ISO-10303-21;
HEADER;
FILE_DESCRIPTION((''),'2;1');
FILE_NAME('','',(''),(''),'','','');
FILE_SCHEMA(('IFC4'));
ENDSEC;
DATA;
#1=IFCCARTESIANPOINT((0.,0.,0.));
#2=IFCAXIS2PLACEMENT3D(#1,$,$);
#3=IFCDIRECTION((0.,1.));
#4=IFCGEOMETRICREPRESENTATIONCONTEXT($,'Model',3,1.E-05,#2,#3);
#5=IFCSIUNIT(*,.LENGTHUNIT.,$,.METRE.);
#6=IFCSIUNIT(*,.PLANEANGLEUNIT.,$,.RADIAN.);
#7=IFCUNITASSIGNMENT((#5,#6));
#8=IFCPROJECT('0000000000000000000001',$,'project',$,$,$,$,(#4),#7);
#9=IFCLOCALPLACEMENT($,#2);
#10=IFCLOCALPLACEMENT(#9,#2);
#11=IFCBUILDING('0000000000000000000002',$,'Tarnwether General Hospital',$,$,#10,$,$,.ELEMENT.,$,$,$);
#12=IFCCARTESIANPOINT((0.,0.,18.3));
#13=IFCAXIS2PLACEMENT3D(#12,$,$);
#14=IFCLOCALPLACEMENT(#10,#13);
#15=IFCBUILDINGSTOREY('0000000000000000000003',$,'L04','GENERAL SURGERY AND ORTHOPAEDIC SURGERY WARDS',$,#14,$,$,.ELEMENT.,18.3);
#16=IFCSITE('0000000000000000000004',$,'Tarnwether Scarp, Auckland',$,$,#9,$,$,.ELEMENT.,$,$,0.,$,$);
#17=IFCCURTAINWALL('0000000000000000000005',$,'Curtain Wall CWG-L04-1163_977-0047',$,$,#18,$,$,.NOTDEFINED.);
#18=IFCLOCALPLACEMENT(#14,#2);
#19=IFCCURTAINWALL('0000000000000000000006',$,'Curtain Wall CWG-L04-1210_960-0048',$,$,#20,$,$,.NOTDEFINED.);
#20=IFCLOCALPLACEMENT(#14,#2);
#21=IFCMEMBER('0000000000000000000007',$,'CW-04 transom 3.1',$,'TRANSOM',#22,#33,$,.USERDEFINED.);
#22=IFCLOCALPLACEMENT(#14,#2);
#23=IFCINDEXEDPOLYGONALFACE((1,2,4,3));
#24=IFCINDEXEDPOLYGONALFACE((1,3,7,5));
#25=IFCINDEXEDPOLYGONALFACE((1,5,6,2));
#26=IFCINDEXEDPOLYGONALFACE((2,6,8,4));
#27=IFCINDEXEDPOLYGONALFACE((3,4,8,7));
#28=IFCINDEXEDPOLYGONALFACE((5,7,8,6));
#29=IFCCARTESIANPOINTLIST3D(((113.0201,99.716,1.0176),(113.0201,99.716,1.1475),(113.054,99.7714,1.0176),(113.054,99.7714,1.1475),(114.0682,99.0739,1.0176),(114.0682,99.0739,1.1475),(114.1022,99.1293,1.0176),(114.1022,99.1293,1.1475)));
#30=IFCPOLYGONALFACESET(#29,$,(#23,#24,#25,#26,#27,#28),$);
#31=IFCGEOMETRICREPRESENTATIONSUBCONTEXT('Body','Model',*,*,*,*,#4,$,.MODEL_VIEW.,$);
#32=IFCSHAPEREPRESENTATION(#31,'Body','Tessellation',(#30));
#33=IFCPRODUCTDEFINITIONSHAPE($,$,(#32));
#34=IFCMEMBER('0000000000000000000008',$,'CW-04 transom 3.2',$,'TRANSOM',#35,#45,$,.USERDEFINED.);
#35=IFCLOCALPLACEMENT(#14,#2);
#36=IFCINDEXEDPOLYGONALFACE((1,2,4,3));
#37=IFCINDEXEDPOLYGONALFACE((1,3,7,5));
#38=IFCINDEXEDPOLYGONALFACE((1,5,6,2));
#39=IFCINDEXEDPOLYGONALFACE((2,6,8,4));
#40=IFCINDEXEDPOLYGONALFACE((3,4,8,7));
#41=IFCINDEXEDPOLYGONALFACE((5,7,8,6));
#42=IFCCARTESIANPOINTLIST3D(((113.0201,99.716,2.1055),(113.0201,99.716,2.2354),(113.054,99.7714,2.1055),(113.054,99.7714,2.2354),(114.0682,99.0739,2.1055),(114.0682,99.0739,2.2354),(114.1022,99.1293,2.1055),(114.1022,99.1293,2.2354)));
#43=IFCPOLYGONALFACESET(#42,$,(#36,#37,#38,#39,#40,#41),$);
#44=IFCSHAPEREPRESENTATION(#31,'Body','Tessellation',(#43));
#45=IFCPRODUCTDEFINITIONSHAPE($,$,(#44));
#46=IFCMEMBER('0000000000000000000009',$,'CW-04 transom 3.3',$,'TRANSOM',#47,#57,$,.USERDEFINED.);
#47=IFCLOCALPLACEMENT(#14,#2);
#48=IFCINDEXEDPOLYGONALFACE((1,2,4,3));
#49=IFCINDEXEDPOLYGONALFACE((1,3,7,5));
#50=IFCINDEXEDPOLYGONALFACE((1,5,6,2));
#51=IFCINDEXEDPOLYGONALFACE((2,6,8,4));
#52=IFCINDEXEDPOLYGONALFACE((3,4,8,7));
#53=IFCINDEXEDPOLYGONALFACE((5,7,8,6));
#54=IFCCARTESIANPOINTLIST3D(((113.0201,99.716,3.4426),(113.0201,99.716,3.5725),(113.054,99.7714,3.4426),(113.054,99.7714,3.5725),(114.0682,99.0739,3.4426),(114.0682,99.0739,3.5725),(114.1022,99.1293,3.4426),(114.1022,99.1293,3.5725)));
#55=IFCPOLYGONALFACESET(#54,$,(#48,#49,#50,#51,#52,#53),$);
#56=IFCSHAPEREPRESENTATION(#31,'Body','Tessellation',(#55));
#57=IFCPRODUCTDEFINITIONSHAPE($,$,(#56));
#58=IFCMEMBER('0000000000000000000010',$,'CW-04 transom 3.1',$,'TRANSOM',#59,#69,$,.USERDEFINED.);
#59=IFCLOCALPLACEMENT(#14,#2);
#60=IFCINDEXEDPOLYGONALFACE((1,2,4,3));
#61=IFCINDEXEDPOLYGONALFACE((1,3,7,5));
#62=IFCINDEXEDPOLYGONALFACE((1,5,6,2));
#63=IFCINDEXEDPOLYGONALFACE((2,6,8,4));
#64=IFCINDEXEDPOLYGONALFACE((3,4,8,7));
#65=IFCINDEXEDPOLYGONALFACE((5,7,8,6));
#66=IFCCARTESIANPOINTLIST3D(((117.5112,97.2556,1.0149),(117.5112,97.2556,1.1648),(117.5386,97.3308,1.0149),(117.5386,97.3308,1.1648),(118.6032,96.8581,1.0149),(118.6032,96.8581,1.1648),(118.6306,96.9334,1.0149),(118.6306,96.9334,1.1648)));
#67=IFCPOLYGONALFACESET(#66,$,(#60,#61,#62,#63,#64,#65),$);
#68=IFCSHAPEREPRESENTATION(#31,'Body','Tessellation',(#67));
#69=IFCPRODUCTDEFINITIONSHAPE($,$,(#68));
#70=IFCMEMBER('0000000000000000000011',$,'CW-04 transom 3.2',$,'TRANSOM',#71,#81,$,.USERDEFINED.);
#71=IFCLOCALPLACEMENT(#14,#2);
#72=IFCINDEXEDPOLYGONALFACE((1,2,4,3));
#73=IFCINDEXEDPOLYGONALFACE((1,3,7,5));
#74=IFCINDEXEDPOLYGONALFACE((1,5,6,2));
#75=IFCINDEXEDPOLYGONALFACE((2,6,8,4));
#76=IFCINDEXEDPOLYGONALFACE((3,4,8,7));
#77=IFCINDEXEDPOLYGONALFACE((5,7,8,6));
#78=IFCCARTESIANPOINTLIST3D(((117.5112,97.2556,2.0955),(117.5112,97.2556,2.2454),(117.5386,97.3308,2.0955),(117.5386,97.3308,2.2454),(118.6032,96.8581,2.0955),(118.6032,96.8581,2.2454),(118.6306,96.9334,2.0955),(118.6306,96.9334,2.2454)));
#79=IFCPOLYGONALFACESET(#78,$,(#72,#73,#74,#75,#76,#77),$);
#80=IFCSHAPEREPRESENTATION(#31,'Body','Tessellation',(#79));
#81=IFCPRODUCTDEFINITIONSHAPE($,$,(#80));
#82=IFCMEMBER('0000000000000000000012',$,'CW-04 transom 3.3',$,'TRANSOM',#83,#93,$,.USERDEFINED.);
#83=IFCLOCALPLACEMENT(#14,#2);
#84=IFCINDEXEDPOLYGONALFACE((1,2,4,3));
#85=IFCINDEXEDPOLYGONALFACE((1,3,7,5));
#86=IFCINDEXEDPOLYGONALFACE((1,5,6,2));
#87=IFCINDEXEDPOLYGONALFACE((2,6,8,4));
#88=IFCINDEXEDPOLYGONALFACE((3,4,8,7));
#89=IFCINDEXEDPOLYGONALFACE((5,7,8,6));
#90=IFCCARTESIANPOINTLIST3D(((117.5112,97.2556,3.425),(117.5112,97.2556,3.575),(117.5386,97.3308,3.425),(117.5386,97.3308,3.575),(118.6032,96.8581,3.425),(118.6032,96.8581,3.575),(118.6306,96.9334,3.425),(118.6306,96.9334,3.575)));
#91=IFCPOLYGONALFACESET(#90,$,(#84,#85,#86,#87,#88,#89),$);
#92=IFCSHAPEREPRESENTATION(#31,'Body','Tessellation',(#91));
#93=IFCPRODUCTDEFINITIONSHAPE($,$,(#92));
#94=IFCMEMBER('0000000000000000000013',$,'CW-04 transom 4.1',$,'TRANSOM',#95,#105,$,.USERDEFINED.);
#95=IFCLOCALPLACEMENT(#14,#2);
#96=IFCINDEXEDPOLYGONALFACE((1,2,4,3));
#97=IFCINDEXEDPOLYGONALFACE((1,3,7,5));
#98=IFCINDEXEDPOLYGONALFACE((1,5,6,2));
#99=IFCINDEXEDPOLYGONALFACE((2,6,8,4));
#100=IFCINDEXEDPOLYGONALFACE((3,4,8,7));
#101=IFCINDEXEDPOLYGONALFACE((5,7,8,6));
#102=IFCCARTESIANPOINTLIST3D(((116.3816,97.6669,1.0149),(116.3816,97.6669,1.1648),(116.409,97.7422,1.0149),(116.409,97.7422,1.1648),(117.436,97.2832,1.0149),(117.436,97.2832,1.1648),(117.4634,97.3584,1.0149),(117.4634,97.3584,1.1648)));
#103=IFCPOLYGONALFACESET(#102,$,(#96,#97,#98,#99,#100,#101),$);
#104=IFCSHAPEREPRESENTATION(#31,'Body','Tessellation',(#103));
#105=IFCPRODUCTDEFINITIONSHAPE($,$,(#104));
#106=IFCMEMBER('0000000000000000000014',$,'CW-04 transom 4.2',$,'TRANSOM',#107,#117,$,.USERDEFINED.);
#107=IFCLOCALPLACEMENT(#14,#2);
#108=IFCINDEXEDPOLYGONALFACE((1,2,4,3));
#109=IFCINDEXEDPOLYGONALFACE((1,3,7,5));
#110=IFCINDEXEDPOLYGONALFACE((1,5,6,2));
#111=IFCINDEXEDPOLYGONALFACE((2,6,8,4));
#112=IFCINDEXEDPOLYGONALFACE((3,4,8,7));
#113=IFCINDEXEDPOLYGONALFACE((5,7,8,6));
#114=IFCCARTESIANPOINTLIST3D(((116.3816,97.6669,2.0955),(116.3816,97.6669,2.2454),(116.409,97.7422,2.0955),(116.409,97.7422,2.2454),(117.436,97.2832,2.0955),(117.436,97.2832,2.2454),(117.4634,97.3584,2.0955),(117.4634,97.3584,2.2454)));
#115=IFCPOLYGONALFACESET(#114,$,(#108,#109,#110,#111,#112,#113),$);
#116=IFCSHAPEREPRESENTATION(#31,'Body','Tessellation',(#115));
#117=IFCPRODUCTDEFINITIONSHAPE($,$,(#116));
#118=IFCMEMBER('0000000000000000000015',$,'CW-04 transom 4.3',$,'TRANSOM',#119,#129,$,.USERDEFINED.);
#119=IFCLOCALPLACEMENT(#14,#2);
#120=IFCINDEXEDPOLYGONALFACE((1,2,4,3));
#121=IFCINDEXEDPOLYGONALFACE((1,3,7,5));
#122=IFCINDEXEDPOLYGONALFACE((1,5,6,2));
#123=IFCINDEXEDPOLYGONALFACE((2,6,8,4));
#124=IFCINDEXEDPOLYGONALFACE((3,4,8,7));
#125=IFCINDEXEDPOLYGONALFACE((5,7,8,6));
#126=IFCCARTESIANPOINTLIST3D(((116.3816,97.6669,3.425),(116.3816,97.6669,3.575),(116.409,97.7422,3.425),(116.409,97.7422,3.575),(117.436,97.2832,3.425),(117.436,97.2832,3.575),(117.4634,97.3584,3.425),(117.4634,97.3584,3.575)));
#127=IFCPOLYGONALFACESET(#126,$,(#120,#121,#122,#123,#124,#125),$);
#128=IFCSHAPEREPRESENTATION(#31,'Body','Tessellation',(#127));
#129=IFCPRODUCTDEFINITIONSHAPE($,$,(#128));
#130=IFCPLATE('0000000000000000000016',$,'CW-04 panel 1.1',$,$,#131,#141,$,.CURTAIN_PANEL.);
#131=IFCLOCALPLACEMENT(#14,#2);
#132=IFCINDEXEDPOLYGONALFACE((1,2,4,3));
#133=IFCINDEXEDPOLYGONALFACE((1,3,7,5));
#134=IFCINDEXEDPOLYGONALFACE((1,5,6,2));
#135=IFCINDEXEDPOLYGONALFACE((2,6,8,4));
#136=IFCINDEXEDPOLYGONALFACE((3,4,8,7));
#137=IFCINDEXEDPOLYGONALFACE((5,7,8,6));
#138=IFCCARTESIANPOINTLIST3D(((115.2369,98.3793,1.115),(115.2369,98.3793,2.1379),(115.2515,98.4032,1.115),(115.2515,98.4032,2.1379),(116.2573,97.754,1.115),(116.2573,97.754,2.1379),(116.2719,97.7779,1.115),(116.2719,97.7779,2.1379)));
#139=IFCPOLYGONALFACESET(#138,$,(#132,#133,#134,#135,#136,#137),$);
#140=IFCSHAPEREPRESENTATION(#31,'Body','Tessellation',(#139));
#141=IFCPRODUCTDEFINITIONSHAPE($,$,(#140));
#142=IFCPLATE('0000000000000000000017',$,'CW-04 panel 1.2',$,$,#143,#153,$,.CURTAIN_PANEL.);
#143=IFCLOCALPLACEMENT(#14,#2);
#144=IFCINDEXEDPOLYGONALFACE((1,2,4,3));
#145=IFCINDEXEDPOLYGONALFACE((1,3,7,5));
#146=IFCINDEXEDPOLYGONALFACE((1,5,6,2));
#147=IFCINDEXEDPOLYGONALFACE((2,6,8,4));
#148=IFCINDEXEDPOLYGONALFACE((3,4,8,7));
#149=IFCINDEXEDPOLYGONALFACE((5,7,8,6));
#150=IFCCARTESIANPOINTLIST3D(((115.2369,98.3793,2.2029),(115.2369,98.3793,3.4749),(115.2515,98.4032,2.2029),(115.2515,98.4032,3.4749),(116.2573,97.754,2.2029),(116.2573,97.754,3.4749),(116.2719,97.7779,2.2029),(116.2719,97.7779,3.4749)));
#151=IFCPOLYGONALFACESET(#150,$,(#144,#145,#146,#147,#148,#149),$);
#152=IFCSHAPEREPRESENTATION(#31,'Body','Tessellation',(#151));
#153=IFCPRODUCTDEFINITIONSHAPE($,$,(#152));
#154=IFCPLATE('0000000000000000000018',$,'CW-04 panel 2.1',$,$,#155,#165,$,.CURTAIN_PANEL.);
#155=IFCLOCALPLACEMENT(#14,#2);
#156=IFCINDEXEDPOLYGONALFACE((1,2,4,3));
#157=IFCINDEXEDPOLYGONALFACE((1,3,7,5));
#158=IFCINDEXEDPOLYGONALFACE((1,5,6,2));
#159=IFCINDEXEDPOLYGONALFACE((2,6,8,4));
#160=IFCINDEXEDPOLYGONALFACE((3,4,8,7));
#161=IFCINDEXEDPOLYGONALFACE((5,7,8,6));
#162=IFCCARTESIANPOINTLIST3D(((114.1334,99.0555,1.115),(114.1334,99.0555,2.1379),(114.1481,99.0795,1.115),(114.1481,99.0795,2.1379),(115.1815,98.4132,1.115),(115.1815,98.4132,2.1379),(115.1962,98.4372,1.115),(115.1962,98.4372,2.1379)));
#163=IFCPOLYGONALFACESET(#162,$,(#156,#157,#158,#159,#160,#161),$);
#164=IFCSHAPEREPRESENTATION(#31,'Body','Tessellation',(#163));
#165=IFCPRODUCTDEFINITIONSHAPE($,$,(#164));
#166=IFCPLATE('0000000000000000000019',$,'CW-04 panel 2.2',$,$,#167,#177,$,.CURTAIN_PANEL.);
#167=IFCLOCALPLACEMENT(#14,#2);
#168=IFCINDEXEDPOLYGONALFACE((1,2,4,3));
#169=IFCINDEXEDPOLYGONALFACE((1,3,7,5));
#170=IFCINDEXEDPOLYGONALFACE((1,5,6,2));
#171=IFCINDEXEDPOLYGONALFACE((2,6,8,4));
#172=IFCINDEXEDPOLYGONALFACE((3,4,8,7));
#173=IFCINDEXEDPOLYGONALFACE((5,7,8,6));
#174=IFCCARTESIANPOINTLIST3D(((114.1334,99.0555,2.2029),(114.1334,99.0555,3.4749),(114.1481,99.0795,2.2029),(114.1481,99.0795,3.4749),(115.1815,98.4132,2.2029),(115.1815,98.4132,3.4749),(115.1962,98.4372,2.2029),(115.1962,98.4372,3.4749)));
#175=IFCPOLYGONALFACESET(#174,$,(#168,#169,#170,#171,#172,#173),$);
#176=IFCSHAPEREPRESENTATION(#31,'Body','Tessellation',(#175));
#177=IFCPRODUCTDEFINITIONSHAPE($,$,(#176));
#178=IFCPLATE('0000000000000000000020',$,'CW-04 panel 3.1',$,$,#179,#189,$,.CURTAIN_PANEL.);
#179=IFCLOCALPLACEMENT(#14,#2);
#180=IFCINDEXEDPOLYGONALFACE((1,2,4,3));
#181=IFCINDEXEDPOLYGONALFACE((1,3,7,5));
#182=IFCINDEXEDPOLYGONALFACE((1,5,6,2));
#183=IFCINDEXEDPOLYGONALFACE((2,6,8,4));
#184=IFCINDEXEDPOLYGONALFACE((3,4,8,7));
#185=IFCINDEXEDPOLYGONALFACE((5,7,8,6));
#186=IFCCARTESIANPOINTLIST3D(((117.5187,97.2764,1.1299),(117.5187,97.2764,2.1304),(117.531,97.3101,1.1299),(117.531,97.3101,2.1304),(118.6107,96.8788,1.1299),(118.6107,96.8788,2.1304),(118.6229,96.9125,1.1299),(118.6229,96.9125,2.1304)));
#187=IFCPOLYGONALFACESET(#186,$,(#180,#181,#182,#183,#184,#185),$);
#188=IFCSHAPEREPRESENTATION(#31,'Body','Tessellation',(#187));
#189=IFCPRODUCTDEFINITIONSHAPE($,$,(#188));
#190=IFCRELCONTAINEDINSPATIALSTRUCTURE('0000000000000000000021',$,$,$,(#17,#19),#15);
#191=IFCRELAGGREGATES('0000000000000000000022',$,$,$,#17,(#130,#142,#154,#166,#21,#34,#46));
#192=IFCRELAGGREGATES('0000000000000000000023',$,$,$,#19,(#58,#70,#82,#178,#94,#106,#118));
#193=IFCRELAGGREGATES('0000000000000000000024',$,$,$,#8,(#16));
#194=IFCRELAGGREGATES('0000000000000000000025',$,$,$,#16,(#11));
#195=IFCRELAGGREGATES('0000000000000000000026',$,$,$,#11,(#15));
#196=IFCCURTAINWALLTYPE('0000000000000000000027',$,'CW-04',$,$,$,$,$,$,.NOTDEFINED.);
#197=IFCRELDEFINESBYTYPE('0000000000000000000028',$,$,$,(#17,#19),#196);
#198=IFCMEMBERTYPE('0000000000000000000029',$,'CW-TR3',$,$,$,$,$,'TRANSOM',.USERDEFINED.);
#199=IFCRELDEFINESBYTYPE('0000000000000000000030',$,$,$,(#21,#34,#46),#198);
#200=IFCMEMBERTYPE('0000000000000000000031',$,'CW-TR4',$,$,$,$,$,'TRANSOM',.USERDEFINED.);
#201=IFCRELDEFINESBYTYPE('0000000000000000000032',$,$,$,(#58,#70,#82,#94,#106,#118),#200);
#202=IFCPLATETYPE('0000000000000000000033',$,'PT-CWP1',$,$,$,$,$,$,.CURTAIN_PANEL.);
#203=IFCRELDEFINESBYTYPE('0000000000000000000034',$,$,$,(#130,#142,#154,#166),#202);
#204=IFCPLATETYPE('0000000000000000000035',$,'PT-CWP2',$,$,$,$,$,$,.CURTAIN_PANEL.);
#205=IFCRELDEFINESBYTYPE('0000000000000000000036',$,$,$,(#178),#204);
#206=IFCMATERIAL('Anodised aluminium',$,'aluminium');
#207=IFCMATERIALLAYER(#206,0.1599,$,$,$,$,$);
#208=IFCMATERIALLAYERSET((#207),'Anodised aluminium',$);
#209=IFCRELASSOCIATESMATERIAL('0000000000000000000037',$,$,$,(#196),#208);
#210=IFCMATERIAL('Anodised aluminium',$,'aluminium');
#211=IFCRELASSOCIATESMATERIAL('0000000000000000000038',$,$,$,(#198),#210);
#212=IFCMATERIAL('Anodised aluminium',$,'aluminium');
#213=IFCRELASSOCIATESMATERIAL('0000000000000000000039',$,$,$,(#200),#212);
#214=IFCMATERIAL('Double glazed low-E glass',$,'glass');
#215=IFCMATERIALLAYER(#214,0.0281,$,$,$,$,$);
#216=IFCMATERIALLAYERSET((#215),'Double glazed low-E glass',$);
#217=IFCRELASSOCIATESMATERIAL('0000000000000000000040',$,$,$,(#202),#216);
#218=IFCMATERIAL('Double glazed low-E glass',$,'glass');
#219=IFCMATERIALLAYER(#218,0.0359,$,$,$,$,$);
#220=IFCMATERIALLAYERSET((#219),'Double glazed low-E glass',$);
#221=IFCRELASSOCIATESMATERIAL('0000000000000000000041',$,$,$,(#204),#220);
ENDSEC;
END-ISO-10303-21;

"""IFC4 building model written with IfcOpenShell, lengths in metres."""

from ifc_helpers import new_model, si_unit, direction, frame, origin, origin_2d, place, context, subcontext, project, spatial, rectangle, extrude, material, layer, layer_set, material_profile, profile_set, type_object, element, aggregate, save


model = new_model("IFC4")

# Units and contexts
model_context = context("Model", 3, precision=1e-05, world=origin(), true_north=direction((0.0, 1.0)))
body_context = subcontext(model_context, "Body", "Model", "MODEL_VIEW")
ifc_project = project(units=[si_unit("LENGTHUNIT", "METRE"), si_unit("PLANEANGLEUNIT", "RADIAN")], contexts=[model_context])

# Site, building, storey
site_placement = place(None, origin())
site = spatial("IfcSite", under=ifc_project, at=site_placement, Name="Tarnwether Scarp, Auckland", CompositionType="ELEMENT", RefElevation=0.0)
building_placement = place(site_placement, origin())
building = spatial("IfcBuilding", under=site, at=building_placement, Name="Tarnwether General Hospital", CompositionType="ELEMENT")
storey_placement = place(building_placement, frame((0.0, 0.0, 18.3)))
storey = spatial("IfcBuildingStorey", under=building, at=storey_placement, Name="L04", Description="GENERAL SURGERY AND ORTHOPAEDIC SURGERY WARDS", CompositionType="ELEMENT", Elevation=18.3)

# Curtain walls
ifc_material_1 = material(Name="Anodised aluminium", Category="aluminium")
ifc_layer_1 = layer(ifc_material_1, 0.1599)
ifc_layer_set_1 = layer_set([ifc_layer_1], Name="Anodised aluminium")
curtain_wall_type = type_object("IfcCurtainWallType", Name="CW-04", PredefinedType="NOTDEFINED", material=ifc_layer_set_1)
curtain_wall_1_placement = place(storey_placement, origin())
curtain_wall_1 = element("IfcCurtainWall", 1, at=curtain_wall_1_placement, inside=storey, type_object=curtain_wall_type, Name="Curtain Wall CWG-L04-1163_977-0047", PredefinedType="NOTDEFINED")
curtain_wall_2_placement = place(storey_placement, origin())
curtain_wall_2 = element("IfcCurtainWall", 2, at=curtain_wall_2_placement, inside=storey, type_object=curtain_wall_type, Name="Curtain Wall CWG-L04-1210_960-0048", PredefinedType="NOTDEFINED")

# Members
ifc_material_2 = material(Name="Anodised aluminium", Category="aluminium")
ifc_material_profile_1 = material_profile(ifc_material_2, rectangle(XDim=0.0649, YDim=0.1299, at=origin_2d()), Name="ALU-TRN-65x130")
ifc_profile_set_1 = profile_set([ifc_material_profile_1], Name="Anodised aluminium")
member_type_1 = type_object("IfcMemberType", Name="CW-TR3", ElementType="TRANSOM", PredefinedType="USERDEFINED", material=ifc_profile_set_1)
member_1_placement = place(storey_placement, frame((114.0852, 99.1016, 1.0825), z_axis=(-0.852707, 0.52239, 0.0), x_axis=(-0.52239, -0.852707, 0.0)))
member_1 = element("IfcMember", 3, at=member_1_placement, type_object=member_type_1, Name="CW-04 transom 3.1", ObjectType="TRANSOM", PredefinedType="USERDEFINED", context=body_context, shape_type="SweptSolid", body=[
    extrude(rectangle(XDim=0.0649, YDim=0.1299, at=origin_2d()), origin(), (0.0, 0.0, 1.0), 1.2292),
])
member_2_placement = place(storey_placement, frame((114.0852, 99.1016, 2.1704), z_axis=(-0.852707, 0.52239, 0.0), x_axis=(-0.52239, -0.852707, 0.0)))
member_2 = element("IfcMember", 4, at=member_2_placement, type_object=member_type_1, Name="CW-04 transom 3.2", ObjectType="TRANSOM", PredefinedType="USERDEFINED", context=body_context, shape_type="SweptSolid", body=[
    extrude(rectangle(XDim=0.0649, YDim=0.1299, at=origin_2d()), origin(), (0.0, 0.0, 1.0), 1.2292),
])
member_3_placement = place(storey_placement, frame((114.0852, 99.1016, 3.5076), z_axis=(-0.852707, 0.52239, 0.0), x_axis=(-0.52239, -0.852707, 0.0)))
member_3 = element("IfcMember", 5, at=member_3_placement, type_object=member_type_1, Name="CW-04 transom 3.3", ObjectType="TRANSOM", PredefinedType="USERDEFINED", context=body_context, shape_type="SweptSolid", body=[
    extrude(rectangle(XDim=0.0649, YDim=0.1299, at=origin_2d()), origin(), (0.0, 0.0, 1.0), 1.2292),
])
ifc_material_3 = material(Name="Anodised aluminium", Category="aluminium")
ifc_material_profile_2 = material_profile(ifc_material_3, rectangle(XDim=0.0801, YDim=0.1499, at=origin_2d()), Name="ALU-TRN-80x150")
ifc_profile_set_2 = profile_set([ifc_material_profile_2], Name="Anodised aluminium")
member_type_2 = type_object("IfcMemberType", Name="CW-TR4", ElementType="TRANSOM", PredefinedType="USERDEFINED", material=ifc_profile_set_2)
member_4_placement = place(storey_placement, frame((118.6169, 96.8958, 1.0898), z_axis=(-0.939695, 0.342013, 0.0), x_axis=(-0.342013, -0.939695, 0.0)))
member_4 = element("IfcMember", 6, at=member_4_placement, type_object=member_type_2, Name="CW-04 transom 3.1", ObjectType="TRANSOM", PredefinedType="USERDEFINED", context=body_context, shape_type="SweptSolid", body=[
    extrude(rectangle(XDim=0.0801, YDim=0.1499, at=origin_2d()), origin(), (0.0, 0.0, 1.0), 1.1621),
])
member_5_placement = place(storey_placement, frame((118.6169, 96.8958, 2.1704), z_axis=(-0.939695, 0.342013, 0.0), x_axis=(-0.342013, -0.939695, 0.0)))
member_5 = element("IfcMember", 7, at=member_5_placement, type_object=member_type_2, Name="CW-04 transom 3.2", ObjectType="TRANSOM", PredefinedType="USERDEFINED", context=body_context, shape_type="SweptSolid", body=[
    extrude(rectangle(XDim=0.0801, YDim=0.1499, at=origin_2d()), origin(), (0.0, 0.0, 1.0), 1.1621),
])
member_6_placement = place(storey_placement, frame((118.6169, 96.8958, 3.5), z_axis=(-0.939695, 0.342013, 0.0), x_axis=(-0.342013, -0.939695, 0.0)))
member_6 = element("IfcMember", 8, at=member_6_placement, type_object=member_type_2, Name="CW-04 transom 3.3", ObjectType="TRANSOM", PredefinedType="USERDEFINED", context=body_context, shape_type="SweptSolid", body=[
    extrude(rectangle(XDim=0.0801, YDim=0.1499, at=origin_2d()), origin(), (0.0, 0.0, 1.0), 1.1621),
])
member_7_placement = place(storey_placement, frame((117.4497, 97.3208, 1.0898), z_axis=(-0.939692, 0.342023, 0.0), x_axis=(-0.342023, -0.939692, 0.0)))
member_7 = element("IfcMember", 9, at=member_7_placement, type_object=member_type_2, Name="CW-04 transom 4.1", ObjectType="TRANSOM", PredefinedType="USERDEFINED", context=body_context, shape_type="SweptSolid", body=[
    extrude(rectangle(XDim=0.0801, YDim=0.1499, at=origin_2d()), origin(), (0.0, 0.0, 1.0), 1.1221),
])
member_8_placement = place(storey_placement, frame((117.4497, 97.3208, 2.1704), z_axis=(-0.939692, 0.342023, 0.0), x_axis=(-0.342023, -0.939692, 0.0)))
member_8 = element("IfcMember", 10, at=member_8_placement, type_object=member_type_2, Name="CW-04 transom 4.2", ObjectType="TRANSOM", PredefinedType="USERDEFINED", context=body_context, shape_type="SweptSolid", body=[
    extrude(rectangle(XDim=0.0801, YDim=0.1499, at=origin_2d()), origin(), (0.0, 0.0, 1.0), 1.1221),
])
member_9_placement = place(storey_placement, frame((117.4497, 97.3208, 3.5), z_axis=(-0.939692, 0.342023, 0.0), x_axis=(-0.342023, -0.939692, 0.0)))
member_9 = element("IfcMember", 11, at=member_9_placement, type_object=member_type_2, Name="CW-04 transom 4.3", ObjectType="TRANSOM", PredefinedType="USERDEFINED", context=body_context, shape_type="SweptSolid", body=[
    extrude(rectangle(XDim=0.0801, YDim=0.1499, at=origin_2d()), origin(), (0.0, 0.0, 1.0), 1.1221),
])

# Plates
ifc_material_4 = material(Name="Double glazed low-E glass", Category="glass")
ifc_layer_2 = layer(ifc_material_4, 0.0281)
ifc_layer_set_2 = layer_set([ifc_layer_2], Name="Double glazed low-E glass")
plate_type_1 = type_object("IfcPlateType", Name="PT-CWP1", PredefinedType="CURTAIN_PANEL", material=ifc_layer_set_2)
plate_1_placement = place(storey_placement, frame((115.7544, 98.0786, 1.115), z_axis=(0.0, 0.0, 1.0), x_axis=(-0.852632, 0.522512, 0.0)))
plate_1 = element("IfcPlate", 12, at=plate_1_placement, type_object=plate_type_1, Name="CW-04 panel 1.1", PredefinedType="CURTAIN_PANEL", context=body_context, shape_type="SweptSolid", body=[
    extrude(rectangle(XDim=1.1968, YDim=0.0281, at=origin_2d()), origin(), (0.0, 0.0, 1.0), 1.0229),
])
plate_2_placement = place(storey_placement, frame((115.7544, 98.0786, 2.2029), z_axis=(0.0, 0.0, 1.0), x_axis=(-0.852632, 0.522512, 0.0)))
plate_2 = element("IfcPlate", 13, at=plate_2_placement, type_object=plate_type_1, Name="CW-04 panel 1.2", PredefinedType="CURTAIN_PANEL", context=body_context, shape_type="SweptSolid", body=[
    extrude(rectangle(XDim=1.1968, YDim=0.0281, at=origin_2d()), origin(), (0.0, 0.0, 1.0), 1.272),
])
plate_3_placement = place(storey_placement, frame((114.6648, 98.7463, 1.115), z_axis=(0.0, 0.0, 1.0), x_axis=(-0.852632, 0.522512, 0.0)))
plate_3 = element("IfcPlate", 14, at=plate_3_placement, type_object=plate_type_1, Name="CW-04 panel 2.1", PredefinedType="CURTAIN_PANEL", context=body_context, shape_type="SweptSolid", body=[
    extrude(rectangle(XDim=1.2292, YDim=0.0281, at=origin_2d()), origin(), (0.0, 0.0, 1.0), 1.0229),
])
plate_4_placement = place(storey_placement, frame((114.6648, 98.7463, 2.2029), z_axis=(0.0, 0.0, 1.0), x_axis=(-0.852632, 0.522512, 0.0)))
plate_4 = element("IfcPlate", 15, at=plate_4_placement, type_object=plate_type_1, Name="CW-04 panel 2.2", PredefinedType="CURTAIN_PANEL", context=body_context, shape_type="SweptSolid", body=[
    extrude(rectangle(XDim=1.2292, YDim=0.0281, at=origin_2d()), origin(), (0.0, 0.0, 1.0), 1.272),
])
aggregate(curtain_wall_1, [plate_1, plate_2, plate_3, plate_4, member_1, member_2, member_3])
ifc_material_5 = material(Name="Double glazed low-E glass", Category="glass")
ifc_layer_3 = layer(ifc_material_5, 0.0359)
ifc_layer_set_3 = layer_set([ifc_layer_3], Name="Double glazed low-E glass")
plate_type_2 = type_object("IfcPlateType", Name="PT-CWP2", PredefinedType="CURTAIN_PANEL", material=ifc_layer_set_3)
plate_5_placement = place(storey_placement, frame((118.0708, 97.0945, 1.1299), z_axis=(0.0, 0.0, 1.0), x_axis=(-0.939652, 0.342131, 0.0)))
plate_5 = element("IfcPlate", 16, at=plate_5_placement, type_object=plate_type_2, Name="CW-04 panel 3.1", PredefinedType="CURTAIN_PANEL", context=body_context, shape_type="SweptSolid", body=[
    extrude(rectangle(XDim=1.1621, YDim=0.0359, at=origin_2d()), origin(), (0.0, 0.0, 1.0), 1.0005),
])
aggregate(curtain_wall_2, [member_4, member_5, member_6, plate_5, member_7, member_8, member_9])

save(model, "model.ifc")
